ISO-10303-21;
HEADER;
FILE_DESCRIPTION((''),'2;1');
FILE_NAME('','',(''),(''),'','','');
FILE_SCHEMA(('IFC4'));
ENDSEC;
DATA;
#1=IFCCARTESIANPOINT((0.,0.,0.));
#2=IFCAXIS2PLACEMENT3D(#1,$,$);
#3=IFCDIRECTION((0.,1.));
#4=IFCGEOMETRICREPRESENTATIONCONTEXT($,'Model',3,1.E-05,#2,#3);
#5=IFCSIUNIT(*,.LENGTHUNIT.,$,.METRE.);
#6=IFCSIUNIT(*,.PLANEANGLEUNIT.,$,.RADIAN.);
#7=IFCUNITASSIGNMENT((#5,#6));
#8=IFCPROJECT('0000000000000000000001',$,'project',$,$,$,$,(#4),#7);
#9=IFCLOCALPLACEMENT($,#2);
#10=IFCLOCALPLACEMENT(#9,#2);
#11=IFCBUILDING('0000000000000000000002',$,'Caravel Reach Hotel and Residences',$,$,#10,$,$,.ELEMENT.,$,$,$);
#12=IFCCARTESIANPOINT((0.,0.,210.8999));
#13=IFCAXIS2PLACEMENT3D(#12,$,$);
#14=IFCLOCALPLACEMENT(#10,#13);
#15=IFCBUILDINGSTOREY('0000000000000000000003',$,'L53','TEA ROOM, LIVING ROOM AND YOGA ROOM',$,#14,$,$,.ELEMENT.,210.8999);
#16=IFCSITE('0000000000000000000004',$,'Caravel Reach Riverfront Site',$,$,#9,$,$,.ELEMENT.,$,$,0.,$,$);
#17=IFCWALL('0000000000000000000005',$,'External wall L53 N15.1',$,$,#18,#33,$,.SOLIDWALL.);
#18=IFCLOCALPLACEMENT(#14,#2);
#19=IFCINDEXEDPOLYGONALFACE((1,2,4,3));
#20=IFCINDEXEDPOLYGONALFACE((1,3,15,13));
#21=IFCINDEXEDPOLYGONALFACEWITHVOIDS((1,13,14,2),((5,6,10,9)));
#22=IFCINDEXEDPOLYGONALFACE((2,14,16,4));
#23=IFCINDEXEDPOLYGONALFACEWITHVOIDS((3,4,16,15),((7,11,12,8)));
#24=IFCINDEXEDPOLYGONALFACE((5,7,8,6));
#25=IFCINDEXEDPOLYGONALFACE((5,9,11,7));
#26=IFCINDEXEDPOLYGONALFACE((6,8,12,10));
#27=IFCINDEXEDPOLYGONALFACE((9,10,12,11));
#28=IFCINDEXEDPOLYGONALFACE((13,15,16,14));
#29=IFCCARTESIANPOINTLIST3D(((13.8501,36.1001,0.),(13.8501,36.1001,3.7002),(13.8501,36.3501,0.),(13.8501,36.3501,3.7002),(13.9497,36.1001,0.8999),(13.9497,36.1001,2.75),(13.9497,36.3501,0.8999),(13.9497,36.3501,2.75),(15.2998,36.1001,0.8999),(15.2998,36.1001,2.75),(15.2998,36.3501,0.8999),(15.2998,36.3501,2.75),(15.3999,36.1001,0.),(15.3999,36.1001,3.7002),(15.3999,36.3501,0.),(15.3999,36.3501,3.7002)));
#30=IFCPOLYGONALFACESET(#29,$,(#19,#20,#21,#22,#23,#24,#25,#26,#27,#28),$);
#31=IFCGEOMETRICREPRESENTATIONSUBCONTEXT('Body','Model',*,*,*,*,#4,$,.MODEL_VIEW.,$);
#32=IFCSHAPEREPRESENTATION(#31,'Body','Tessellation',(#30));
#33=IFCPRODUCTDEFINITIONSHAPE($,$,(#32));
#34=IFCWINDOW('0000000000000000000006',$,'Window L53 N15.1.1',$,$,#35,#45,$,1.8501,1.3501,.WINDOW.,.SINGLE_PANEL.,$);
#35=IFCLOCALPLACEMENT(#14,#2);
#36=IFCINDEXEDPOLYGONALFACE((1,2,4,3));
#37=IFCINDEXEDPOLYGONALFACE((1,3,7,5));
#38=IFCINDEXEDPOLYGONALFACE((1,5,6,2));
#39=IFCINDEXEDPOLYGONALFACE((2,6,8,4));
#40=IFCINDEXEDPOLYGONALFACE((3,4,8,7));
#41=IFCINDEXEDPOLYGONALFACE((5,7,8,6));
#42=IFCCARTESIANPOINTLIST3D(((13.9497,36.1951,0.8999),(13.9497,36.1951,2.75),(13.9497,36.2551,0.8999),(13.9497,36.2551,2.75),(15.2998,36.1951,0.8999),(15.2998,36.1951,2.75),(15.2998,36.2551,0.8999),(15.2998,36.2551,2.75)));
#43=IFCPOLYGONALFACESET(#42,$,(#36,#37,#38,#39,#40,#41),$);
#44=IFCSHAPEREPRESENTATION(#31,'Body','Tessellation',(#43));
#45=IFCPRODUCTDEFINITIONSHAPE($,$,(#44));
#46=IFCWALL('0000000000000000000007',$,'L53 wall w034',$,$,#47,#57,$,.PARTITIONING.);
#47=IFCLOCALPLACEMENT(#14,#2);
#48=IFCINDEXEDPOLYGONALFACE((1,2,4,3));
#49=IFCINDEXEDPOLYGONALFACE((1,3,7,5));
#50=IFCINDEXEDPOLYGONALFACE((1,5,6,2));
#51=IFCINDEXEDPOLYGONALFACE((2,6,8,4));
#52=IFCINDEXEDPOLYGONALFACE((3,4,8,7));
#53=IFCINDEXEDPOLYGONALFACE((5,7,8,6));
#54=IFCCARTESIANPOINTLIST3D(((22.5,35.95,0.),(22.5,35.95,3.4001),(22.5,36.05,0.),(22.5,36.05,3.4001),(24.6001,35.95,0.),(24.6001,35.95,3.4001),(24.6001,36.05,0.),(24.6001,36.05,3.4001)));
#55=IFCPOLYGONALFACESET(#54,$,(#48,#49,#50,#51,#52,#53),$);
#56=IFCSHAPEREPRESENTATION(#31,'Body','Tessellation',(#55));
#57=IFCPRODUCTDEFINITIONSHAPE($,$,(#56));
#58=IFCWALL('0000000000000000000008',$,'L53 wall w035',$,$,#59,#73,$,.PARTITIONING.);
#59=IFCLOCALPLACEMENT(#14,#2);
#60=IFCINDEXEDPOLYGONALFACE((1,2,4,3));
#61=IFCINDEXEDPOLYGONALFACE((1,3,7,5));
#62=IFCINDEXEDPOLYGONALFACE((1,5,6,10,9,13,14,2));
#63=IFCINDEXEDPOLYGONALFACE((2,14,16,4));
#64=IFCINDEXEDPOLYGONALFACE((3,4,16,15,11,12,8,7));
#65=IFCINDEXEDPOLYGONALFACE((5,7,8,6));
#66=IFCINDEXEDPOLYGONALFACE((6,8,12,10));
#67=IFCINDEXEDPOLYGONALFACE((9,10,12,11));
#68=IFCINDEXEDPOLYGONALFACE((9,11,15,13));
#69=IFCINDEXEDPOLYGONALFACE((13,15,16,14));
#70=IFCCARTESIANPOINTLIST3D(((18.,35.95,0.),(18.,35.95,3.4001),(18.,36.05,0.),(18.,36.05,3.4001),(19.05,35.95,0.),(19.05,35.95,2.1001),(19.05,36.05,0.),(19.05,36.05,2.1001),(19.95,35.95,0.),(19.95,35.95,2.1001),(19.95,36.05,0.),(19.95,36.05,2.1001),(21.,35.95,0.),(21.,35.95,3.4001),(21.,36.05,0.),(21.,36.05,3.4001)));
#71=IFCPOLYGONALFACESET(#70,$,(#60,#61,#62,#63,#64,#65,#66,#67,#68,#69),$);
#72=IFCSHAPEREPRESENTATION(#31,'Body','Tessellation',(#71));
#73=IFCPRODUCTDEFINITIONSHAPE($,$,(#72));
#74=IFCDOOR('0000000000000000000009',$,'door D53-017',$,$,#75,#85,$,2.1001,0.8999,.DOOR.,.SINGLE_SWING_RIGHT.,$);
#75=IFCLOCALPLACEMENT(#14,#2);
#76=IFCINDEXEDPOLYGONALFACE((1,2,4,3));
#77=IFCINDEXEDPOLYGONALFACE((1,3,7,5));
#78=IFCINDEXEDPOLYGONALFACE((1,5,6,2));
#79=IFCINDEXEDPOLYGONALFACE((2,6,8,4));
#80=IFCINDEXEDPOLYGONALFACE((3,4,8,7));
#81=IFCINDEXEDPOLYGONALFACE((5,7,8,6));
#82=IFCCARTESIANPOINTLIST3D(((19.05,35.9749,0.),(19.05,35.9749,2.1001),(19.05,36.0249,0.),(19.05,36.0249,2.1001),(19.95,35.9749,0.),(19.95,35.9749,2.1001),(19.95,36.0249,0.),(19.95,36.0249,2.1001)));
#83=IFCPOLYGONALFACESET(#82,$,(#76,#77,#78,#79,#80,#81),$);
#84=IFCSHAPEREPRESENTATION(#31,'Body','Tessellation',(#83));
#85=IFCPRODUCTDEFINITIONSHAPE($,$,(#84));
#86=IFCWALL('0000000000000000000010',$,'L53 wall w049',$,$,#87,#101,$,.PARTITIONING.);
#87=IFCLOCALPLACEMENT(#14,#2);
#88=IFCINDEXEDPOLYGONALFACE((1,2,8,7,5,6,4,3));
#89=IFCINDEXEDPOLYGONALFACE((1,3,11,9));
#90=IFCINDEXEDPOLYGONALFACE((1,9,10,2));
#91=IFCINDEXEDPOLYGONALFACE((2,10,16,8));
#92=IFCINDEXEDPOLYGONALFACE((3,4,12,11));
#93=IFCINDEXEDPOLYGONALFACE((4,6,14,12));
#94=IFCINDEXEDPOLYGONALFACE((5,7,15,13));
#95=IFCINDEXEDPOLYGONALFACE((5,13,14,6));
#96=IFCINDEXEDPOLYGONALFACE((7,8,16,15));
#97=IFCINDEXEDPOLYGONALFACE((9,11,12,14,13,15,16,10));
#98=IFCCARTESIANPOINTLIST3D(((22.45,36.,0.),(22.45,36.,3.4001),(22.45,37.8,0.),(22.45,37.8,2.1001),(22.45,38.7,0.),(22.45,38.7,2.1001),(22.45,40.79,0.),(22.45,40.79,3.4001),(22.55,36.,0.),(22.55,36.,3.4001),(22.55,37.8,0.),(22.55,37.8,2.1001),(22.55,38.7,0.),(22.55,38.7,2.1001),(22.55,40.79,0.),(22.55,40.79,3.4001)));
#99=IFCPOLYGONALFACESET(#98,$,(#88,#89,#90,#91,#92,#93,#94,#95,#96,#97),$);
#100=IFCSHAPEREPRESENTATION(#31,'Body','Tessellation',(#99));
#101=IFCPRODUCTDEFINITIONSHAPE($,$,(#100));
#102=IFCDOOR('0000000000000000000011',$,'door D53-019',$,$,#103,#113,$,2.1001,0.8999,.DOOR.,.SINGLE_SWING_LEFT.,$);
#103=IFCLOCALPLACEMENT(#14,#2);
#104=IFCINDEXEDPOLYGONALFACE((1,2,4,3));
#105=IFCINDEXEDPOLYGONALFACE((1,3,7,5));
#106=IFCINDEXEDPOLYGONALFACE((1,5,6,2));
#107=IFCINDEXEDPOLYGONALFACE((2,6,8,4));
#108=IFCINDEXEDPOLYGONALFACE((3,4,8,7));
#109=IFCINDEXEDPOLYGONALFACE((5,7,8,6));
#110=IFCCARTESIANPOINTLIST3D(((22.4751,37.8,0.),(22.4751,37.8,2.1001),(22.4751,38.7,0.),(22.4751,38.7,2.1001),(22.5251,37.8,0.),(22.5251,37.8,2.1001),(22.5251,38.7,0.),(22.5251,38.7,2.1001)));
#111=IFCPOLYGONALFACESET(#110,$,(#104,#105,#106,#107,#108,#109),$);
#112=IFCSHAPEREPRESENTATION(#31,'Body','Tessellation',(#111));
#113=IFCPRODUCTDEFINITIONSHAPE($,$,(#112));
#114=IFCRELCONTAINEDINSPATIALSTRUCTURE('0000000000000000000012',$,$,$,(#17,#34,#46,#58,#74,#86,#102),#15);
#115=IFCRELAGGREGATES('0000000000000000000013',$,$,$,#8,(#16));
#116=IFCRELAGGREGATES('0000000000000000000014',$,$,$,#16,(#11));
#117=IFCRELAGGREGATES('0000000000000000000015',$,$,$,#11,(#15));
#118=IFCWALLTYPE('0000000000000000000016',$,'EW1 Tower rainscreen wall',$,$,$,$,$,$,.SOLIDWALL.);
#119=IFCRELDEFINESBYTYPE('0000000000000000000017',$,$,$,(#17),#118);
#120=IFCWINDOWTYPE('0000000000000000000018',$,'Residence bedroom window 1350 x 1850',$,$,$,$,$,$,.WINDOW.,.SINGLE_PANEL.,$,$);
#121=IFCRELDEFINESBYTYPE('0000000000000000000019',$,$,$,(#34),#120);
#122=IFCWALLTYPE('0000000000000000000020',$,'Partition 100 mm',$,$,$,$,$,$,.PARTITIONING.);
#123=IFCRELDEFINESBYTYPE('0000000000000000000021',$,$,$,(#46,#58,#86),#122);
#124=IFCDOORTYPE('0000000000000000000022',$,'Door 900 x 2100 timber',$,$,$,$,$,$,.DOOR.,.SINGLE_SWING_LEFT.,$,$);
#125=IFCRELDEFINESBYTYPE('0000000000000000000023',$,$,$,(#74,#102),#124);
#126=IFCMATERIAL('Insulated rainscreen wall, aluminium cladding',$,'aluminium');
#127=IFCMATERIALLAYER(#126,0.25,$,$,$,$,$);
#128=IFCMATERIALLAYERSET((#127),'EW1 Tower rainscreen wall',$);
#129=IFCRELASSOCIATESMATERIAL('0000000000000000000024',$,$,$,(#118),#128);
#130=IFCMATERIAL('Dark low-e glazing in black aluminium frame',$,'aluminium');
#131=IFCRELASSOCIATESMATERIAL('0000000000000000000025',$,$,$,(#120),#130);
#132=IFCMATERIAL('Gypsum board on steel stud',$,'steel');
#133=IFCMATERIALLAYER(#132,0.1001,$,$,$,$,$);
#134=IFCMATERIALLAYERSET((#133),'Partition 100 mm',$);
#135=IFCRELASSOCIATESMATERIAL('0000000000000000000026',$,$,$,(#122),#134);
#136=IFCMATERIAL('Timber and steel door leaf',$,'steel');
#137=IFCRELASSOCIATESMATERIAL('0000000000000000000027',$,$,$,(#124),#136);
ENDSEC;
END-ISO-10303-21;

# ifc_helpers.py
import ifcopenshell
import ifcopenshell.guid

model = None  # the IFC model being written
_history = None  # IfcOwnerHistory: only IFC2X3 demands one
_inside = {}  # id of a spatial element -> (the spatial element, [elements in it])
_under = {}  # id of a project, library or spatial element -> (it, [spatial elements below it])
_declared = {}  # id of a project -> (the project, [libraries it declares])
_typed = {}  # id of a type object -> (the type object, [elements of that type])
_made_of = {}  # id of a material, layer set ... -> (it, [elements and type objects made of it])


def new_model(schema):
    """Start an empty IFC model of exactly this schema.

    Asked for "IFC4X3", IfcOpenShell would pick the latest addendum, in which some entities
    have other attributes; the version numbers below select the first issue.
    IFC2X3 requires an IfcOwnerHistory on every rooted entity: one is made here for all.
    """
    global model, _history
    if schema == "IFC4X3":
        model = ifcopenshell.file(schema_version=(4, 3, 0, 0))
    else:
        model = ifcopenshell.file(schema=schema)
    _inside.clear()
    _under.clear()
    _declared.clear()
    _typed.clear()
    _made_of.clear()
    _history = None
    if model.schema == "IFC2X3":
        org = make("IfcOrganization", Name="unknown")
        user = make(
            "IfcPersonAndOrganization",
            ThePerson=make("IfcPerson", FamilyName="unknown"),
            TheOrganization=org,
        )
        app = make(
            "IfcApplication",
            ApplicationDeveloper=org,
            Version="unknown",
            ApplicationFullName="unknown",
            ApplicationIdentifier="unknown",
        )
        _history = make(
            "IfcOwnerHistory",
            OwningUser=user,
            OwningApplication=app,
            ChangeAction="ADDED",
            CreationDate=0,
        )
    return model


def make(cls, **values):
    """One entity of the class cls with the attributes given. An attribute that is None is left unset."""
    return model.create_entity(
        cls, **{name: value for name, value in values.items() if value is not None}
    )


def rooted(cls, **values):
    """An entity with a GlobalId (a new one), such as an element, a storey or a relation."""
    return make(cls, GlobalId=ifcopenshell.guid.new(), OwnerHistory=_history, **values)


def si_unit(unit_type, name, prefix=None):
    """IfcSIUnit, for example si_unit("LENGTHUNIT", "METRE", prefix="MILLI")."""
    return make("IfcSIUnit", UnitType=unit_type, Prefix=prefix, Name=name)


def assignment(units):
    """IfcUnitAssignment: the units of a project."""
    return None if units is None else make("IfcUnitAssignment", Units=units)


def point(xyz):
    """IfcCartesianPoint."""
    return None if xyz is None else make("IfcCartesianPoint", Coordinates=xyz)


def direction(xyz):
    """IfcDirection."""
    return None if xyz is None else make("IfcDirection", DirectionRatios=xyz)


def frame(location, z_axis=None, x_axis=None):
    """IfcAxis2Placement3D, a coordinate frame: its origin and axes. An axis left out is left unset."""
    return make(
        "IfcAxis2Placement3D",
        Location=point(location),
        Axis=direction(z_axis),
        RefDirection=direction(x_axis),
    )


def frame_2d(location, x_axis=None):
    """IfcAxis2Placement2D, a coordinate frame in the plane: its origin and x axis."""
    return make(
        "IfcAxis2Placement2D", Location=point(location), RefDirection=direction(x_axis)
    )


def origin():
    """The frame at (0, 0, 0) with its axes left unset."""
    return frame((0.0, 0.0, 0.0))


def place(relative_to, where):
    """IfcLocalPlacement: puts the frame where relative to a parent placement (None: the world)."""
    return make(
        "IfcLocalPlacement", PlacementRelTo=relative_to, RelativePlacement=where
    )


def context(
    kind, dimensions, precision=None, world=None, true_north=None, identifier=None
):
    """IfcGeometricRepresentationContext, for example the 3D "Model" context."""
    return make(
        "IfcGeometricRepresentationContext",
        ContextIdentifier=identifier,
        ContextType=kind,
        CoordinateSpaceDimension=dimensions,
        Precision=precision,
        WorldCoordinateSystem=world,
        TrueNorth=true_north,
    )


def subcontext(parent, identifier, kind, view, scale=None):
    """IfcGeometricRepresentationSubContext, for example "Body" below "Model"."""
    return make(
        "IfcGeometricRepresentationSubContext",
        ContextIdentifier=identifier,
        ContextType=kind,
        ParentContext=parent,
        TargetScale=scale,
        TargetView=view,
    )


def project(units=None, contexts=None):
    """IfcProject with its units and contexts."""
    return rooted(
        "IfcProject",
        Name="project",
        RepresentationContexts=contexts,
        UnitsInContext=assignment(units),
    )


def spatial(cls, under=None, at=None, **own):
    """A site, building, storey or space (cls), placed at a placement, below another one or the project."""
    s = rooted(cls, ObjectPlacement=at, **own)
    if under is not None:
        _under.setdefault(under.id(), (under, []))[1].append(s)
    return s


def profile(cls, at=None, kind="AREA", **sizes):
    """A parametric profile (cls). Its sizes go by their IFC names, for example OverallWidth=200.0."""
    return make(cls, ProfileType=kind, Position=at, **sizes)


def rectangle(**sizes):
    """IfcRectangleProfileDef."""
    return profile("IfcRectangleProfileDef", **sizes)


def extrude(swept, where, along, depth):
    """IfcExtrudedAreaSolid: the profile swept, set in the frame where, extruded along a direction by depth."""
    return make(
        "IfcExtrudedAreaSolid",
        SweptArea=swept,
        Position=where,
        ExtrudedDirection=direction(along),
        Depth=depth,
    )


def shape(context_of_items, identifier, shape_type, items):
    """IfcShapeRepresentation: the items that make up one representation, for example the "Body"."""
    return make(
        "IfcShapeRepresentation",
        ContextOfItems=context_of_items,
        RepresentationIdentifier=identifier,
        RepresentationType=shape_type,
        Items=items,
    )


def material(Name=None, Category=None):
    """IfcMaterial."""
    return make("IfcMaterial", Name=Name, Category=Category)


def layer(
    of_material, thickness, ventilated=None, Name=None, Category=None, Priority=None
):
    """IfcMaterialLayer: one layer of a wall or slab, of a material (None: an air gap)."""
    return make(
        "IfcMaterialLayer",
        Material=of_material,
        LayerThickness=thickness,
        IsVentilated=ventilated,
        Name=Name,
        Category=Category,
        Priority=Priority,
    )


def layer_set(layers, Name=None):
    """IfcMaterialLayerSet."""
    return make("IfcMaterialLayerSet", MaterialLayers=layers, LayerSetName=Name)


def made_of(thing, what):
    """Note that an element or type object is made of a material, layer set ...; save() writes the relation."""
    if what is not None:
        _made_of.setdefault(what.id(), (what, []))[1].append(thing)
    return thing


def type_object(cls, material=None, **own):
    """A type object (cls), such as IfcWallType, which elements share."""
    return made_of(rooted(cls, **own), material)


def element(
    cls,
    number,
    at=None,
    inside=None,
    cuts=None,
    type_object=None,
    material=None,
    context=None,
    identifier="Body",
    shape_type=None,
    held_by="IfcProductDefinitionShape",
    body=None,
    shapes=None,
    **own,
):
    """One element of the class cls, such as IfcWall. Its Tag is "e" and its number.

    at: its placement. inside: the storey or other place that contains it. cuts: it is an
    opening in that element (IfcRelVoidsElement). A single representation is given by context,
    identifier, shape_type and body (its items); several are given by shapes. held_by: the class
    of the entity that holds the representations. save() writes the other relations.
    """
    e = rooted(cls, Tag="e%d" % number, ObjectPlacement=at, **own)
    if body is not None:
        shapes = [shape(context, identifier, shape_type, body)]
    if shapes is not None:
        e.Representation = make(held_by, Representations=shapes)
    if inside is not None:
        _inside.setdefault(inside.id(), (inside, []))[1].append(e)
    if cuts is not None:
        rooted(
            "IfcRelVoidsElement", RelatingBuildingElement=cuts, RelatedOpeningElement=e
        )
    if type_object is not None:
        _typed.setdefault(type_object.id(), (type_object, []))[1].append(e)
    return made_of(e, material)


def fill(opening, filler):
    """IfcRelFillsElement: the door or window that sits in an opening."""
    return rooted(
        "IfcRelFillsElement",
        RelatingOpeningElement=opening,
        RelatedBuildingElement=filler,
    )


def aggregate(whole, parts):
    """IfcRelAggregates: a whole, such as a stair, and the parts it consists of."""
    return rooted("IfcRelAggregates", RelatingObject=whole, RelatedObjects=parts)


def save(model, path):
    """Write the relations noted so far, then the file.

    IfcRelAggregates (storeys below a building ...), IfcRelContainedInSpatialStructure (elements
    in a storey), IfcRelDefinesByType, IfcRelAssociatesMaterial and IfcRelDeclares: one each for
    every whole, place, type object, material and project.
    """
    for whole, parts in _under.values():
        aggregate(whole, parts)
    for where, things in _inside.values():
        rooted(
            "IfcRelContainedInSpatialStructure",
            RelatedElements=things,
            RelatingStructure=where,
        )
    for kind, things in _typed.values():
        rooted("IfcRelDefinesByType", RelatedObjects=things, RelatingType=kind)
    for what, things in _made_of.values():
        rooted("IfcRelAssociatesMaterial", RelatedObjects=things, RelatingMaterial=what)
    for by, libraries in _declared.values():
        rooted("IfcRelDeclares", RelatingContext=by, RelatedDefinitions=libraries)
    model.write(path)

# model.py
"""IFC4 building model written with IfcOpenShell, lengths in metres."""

from ifc_helpers import new_model, si_unit, direction, frame, frame_2d, origin, place, context, subcontext, project, spatial, rectangle, extrude, material, layer, layer_set, type_object, element, fill, save


model = new_model("IFC4")

# Units and contexts
model_context = context("Model", 3, precision=1e-05, world=origin(), true_north=direction((0.0, 1.0)))
body_context = subcontext(model_context, "Body", "Model", "MODEL_VIEW")
ifc_project = project(units=[si_unit("LENGTHUNIT", "METRE"), si_unit("PLANEANGLEUNIT", "RADIAN")], contexts=[model_context])

# Site, building, storey
site_placement = place(None, origin())
site = spatial("IfcSite", under=ifc_project, at=site_placement, Name="Caravel Reach Riverfront Site", CompositionType="ELEMENT", RefElevation=0.0)
building_placement = place(site_placement, origin())
building = spatial("IfcBuilding", under=site, at=building_placement, Name="Caravel Reach Hotel and Residences", CompositionType="ELEMENT")
storey_placement = place(building_placement, frame((0.0, 0.0, 210.8999)))
storey = spatial("IfcBuildingStorey", under=building, at=storey_placement, Name="L53", Description="TEA ROOM, LIVING ROOM AND YOGA ROOM", CompositionType="ELEMENT", Elevation=210.8999)

# Wall, opening, window
ifc_material_1 = material(Name="Insulated rainscreen wall, aluminium cladding", Category="aluminium")
ifc_layer_1 = layer(ifc_material_1, 0.25)
ifc_layer_set_1 = layer_set([ifc_layer_1], Name="EW1 Tower rainscreen wall")
wall_type_1 = type_object("IfcWallType", Name="EW1 Tower rainscreen wall", PredefinedType="SOLIDWALL", material=ifc_layer_set_1)
ifc_material_2 = material(Name="Dark low-e glazing in black aluminium frame", Category="aluminium")
window_type = type_object("IfcWindowType", Name="Residence bedroom window 1350 x 1850", PartitioningType="SINGLE_PANEL", PredefinedType="WINDOW", material=ifc_material_2)
wall_1_placement = place(storey_placement, frame((15.3999, 36.2251, 0.0), z_axis=(0.0, 0.0, 1.0), x_axis=(-1.0, 0.0, 0.0)))
wall_1 = element("IfcWall", 1, at=wall_1_placement, inside=storey, type_object=wall_type_1, Name="External wall L53 N15.1", PredefinedType="SOLIDWALL", context=body_context, shape_type="SweptSolid", body=[
    extrude(rectangle(XDim=1.5498, YDim=0.25, at=frame_2d((0.7749, 0.0))), origin(), (0.0, 0.0, 1.0), 3.7002),
])
opening_1_placement = place(wall_1_placement, frame((0.1001, 0.0, 0.8999)))
opening_1 = element("IfcOpeningElement", 2, at=opening_1_placement, cuts=wall_1, PredefinedType="OPENING", context=body_context, shape_type="SweptSolid", body=[
    extrude(rectangle(XDim=1.3501, YDim=1.8501, at=frame_2d((0.675, 0.925))), frame((0.0, 0.135, 0.0), z_axis=(0.0, -1.0, 0.0), x_axis=(1.0, 0.0, 0.0)), (0.0, 0.0, 1.0), 0.27),
])
window_1_placement = place(opening_1_placement, origin())
window_1 = element("IfcWindow", 3, at=window_1_placement, inside=storey, type_object=window_type, Name="Window L53 N15.1.1", OverallHeight=1.8501, OverallWidth=1.3501, PartitioningType="SINGLE_PANEL", PredefinedType="WINDOW", context=body_context, shape_type="SweptSolid", body=[
    extrude(rectangle(XDim=1.3501, YDim=1.8501, at=frame_2d((0.675, 0.925))), frame((0.0, 0.03, 0.0), z_axis=(0.0, -1.0, 0.0), x_axis=(1.0, 0.0, 0.0)), (0.0, 0.0, 1.0), 0.0601),
])
fill(opening_1, window_1)

# Wall
ifc_material_3 = material(Name="Gypsum board on steel stud", Category="steel")
ifc_layer_2 = layer(ifc_material_3, 0.1001)
ifc_layer_set_2 = layer_set([ifc_layer_2], Name="Partition 100 mm")
wall_type_2 = type_object("IfcWallType", Name="Partition 100 mm", PredefinedType="PARTITIONING", material=ifc_layer_set_2)
wall_2_placement = place(storey_placement, frame((22.5, 36.0, 0.0), z_axis=(0.0, 0.0, 1.0), x_axis=(1.0, 0.0, 0.0)))
element("IfcWall", 4, at=wall_2_placement, inside=storey, type_object=wall_type_2, Name="L53 wall w034", PredefinedType="PARTITIONING", context=body_context, shape_type="SweptSolid", body=[
    extrude(rectangle(XDim=2.1001, YDim=0.1001, at=frame_2d((1.05, 0.0))), origin(), (0.0, 0.0, 1.0), 3.4001),
])

# Walls, openings, doors
wall_3_placement = place(storey_placement, frame((18.0, 36.0, 0.0), z_axis=(0.0, 0.0, 1.0), x_axis=(1.0, 0.0, 0.0)))
wall_3 = element("IfcWall", 5, at=wall_3_placement, inside=storey, type_object=wall_type_2, Name="L53 wall w035", PredefinedType="PARTITIONING", context=body_context, shape_type="SweptSolid", body=[
    extrude(rectangle(XDim=3.0, YDim=0.1001, at=frame_2d((1.5, 0.0))), origin(), (0.0, 0.0, 1.0), 3.4001),
])
opening_2_placement = place(wall_3_placement, frame((1.05, 0.0, 0.0)))
opening_2 = element("IfcOpeningElement", 6, at=opening_2_placement, cuts=wall_3, PredefinedType="OPENING", context=body_context, shape_type="SweptSolid", body=[
    extrude(rectangle(XDim=0.8999, YDim=2.1001, at=frame_2d((0.45, 1.05))), frame((0.0, 0.0601, 0.0), z_axis=(0.0, -1.0, 0.0), x_axis=(1.0, 0.0, 0.0)), (0.0, 0.0, 1.0), 0.1201),
])
ifc_material_4 = material(Name="Timber and steel door leaf", Category="steel")
door_type = type_object("IfcDoorType", Name="Door 900 x 2100 timber", OperationType="SINGLE_SWING_LEFT", PredefinedType="DOOR", material=ifc_material_4)
door_1_placement = place(opening_2_placement, origin())
door_1 = element("IfcDoor", 7, at=door_1_placement, inside=storey, type_object=door_type, Name="door D53-017", OperationType="SINGLE_SWING_RIGHT", OverallHeight=2.1001, OverallWidth=0.8999, PredefinedType="DOOR", context=body_context, shape_type="SweptSolid", body=[
    extrude(rectangle(XDim=0.8999, YDim=2.1001, at=frame_2d((0.45, 1.05))), frame((0.0, 0.0249, 0.0), z_axis=(0.0, -1.0, 0.0), x_axis=(1.0, 0.0, 0.0)), (0.0, 0.0, 1.0), 0.05),
])
fill(opening_2, door_1)
wall_4_placement = place(storey_placement, frame((22.5, 36.0, 0.0), z_axis=(0.0, 0.0, 1.0), x_axis=(0.0, 1.0, 0.0)))
wall_4 = element("IfcWall", 8, at=wall_4_placement, inside=storey, type_object=wall_type_2, Name="L53 wall w049", PredefinedType="PARTITIONING", context=body_context, shape_type="SweptSolid", body=[
    extrude(rectangle(XDim=4.79, YDim=0.1001, at=frame_2d((2.395, 0.0))), origin(), (0.0, 0.0, 1.0), 3.4001),
])
opening_3_placement = place(wall_4_placement, frame((1.8, 0.0, 0.0)))
opening_3 = element("IfcOpeningElement", 9, at=opening_3_placement, cuts=wall_4, PredefinedType="OPENING", context=body_context, shape_type="SweptSolid", body=[
    extrude(rectangle(XDim=0.8999, YDim=2.1001, at=frame_2d((0.45, 1.05))), frame((0.0, 0.0601, 0.0), z_axis=(0.0, -1.0, 0.0), x_axis=(1.0, 0.0, 0.0)), (0.0, 0.0, 1.0), 0.1201),
])
door_2_placement = place(opening_3_placement, origin())
door_2 = element("IfcDoor", 10, at=door_2_placement, inside=storey, type_object=door_type, Name="door D53-019", OperationType="SINGLE_SWING_LEFT", OverallHeight=2.1001, OverallWidth=0.8999, PredefinedType="DOOR", context=body_context, shape_type="SweptSolid", body=[
    extrude(rectangle(XDim=0.8999, YDim=2.1001, at=frame_2d((0.45, 1.05))), frame((0.0, 0.0249, 0.0), z_axis=(0.0, -1.0, 0.0), x_axis=(1.0, 0.0, 0.0)), (0.0, 0.0, 1.0), 0.05),
])
fill(opening_3, door_2)

save(model, "model.ifc")
